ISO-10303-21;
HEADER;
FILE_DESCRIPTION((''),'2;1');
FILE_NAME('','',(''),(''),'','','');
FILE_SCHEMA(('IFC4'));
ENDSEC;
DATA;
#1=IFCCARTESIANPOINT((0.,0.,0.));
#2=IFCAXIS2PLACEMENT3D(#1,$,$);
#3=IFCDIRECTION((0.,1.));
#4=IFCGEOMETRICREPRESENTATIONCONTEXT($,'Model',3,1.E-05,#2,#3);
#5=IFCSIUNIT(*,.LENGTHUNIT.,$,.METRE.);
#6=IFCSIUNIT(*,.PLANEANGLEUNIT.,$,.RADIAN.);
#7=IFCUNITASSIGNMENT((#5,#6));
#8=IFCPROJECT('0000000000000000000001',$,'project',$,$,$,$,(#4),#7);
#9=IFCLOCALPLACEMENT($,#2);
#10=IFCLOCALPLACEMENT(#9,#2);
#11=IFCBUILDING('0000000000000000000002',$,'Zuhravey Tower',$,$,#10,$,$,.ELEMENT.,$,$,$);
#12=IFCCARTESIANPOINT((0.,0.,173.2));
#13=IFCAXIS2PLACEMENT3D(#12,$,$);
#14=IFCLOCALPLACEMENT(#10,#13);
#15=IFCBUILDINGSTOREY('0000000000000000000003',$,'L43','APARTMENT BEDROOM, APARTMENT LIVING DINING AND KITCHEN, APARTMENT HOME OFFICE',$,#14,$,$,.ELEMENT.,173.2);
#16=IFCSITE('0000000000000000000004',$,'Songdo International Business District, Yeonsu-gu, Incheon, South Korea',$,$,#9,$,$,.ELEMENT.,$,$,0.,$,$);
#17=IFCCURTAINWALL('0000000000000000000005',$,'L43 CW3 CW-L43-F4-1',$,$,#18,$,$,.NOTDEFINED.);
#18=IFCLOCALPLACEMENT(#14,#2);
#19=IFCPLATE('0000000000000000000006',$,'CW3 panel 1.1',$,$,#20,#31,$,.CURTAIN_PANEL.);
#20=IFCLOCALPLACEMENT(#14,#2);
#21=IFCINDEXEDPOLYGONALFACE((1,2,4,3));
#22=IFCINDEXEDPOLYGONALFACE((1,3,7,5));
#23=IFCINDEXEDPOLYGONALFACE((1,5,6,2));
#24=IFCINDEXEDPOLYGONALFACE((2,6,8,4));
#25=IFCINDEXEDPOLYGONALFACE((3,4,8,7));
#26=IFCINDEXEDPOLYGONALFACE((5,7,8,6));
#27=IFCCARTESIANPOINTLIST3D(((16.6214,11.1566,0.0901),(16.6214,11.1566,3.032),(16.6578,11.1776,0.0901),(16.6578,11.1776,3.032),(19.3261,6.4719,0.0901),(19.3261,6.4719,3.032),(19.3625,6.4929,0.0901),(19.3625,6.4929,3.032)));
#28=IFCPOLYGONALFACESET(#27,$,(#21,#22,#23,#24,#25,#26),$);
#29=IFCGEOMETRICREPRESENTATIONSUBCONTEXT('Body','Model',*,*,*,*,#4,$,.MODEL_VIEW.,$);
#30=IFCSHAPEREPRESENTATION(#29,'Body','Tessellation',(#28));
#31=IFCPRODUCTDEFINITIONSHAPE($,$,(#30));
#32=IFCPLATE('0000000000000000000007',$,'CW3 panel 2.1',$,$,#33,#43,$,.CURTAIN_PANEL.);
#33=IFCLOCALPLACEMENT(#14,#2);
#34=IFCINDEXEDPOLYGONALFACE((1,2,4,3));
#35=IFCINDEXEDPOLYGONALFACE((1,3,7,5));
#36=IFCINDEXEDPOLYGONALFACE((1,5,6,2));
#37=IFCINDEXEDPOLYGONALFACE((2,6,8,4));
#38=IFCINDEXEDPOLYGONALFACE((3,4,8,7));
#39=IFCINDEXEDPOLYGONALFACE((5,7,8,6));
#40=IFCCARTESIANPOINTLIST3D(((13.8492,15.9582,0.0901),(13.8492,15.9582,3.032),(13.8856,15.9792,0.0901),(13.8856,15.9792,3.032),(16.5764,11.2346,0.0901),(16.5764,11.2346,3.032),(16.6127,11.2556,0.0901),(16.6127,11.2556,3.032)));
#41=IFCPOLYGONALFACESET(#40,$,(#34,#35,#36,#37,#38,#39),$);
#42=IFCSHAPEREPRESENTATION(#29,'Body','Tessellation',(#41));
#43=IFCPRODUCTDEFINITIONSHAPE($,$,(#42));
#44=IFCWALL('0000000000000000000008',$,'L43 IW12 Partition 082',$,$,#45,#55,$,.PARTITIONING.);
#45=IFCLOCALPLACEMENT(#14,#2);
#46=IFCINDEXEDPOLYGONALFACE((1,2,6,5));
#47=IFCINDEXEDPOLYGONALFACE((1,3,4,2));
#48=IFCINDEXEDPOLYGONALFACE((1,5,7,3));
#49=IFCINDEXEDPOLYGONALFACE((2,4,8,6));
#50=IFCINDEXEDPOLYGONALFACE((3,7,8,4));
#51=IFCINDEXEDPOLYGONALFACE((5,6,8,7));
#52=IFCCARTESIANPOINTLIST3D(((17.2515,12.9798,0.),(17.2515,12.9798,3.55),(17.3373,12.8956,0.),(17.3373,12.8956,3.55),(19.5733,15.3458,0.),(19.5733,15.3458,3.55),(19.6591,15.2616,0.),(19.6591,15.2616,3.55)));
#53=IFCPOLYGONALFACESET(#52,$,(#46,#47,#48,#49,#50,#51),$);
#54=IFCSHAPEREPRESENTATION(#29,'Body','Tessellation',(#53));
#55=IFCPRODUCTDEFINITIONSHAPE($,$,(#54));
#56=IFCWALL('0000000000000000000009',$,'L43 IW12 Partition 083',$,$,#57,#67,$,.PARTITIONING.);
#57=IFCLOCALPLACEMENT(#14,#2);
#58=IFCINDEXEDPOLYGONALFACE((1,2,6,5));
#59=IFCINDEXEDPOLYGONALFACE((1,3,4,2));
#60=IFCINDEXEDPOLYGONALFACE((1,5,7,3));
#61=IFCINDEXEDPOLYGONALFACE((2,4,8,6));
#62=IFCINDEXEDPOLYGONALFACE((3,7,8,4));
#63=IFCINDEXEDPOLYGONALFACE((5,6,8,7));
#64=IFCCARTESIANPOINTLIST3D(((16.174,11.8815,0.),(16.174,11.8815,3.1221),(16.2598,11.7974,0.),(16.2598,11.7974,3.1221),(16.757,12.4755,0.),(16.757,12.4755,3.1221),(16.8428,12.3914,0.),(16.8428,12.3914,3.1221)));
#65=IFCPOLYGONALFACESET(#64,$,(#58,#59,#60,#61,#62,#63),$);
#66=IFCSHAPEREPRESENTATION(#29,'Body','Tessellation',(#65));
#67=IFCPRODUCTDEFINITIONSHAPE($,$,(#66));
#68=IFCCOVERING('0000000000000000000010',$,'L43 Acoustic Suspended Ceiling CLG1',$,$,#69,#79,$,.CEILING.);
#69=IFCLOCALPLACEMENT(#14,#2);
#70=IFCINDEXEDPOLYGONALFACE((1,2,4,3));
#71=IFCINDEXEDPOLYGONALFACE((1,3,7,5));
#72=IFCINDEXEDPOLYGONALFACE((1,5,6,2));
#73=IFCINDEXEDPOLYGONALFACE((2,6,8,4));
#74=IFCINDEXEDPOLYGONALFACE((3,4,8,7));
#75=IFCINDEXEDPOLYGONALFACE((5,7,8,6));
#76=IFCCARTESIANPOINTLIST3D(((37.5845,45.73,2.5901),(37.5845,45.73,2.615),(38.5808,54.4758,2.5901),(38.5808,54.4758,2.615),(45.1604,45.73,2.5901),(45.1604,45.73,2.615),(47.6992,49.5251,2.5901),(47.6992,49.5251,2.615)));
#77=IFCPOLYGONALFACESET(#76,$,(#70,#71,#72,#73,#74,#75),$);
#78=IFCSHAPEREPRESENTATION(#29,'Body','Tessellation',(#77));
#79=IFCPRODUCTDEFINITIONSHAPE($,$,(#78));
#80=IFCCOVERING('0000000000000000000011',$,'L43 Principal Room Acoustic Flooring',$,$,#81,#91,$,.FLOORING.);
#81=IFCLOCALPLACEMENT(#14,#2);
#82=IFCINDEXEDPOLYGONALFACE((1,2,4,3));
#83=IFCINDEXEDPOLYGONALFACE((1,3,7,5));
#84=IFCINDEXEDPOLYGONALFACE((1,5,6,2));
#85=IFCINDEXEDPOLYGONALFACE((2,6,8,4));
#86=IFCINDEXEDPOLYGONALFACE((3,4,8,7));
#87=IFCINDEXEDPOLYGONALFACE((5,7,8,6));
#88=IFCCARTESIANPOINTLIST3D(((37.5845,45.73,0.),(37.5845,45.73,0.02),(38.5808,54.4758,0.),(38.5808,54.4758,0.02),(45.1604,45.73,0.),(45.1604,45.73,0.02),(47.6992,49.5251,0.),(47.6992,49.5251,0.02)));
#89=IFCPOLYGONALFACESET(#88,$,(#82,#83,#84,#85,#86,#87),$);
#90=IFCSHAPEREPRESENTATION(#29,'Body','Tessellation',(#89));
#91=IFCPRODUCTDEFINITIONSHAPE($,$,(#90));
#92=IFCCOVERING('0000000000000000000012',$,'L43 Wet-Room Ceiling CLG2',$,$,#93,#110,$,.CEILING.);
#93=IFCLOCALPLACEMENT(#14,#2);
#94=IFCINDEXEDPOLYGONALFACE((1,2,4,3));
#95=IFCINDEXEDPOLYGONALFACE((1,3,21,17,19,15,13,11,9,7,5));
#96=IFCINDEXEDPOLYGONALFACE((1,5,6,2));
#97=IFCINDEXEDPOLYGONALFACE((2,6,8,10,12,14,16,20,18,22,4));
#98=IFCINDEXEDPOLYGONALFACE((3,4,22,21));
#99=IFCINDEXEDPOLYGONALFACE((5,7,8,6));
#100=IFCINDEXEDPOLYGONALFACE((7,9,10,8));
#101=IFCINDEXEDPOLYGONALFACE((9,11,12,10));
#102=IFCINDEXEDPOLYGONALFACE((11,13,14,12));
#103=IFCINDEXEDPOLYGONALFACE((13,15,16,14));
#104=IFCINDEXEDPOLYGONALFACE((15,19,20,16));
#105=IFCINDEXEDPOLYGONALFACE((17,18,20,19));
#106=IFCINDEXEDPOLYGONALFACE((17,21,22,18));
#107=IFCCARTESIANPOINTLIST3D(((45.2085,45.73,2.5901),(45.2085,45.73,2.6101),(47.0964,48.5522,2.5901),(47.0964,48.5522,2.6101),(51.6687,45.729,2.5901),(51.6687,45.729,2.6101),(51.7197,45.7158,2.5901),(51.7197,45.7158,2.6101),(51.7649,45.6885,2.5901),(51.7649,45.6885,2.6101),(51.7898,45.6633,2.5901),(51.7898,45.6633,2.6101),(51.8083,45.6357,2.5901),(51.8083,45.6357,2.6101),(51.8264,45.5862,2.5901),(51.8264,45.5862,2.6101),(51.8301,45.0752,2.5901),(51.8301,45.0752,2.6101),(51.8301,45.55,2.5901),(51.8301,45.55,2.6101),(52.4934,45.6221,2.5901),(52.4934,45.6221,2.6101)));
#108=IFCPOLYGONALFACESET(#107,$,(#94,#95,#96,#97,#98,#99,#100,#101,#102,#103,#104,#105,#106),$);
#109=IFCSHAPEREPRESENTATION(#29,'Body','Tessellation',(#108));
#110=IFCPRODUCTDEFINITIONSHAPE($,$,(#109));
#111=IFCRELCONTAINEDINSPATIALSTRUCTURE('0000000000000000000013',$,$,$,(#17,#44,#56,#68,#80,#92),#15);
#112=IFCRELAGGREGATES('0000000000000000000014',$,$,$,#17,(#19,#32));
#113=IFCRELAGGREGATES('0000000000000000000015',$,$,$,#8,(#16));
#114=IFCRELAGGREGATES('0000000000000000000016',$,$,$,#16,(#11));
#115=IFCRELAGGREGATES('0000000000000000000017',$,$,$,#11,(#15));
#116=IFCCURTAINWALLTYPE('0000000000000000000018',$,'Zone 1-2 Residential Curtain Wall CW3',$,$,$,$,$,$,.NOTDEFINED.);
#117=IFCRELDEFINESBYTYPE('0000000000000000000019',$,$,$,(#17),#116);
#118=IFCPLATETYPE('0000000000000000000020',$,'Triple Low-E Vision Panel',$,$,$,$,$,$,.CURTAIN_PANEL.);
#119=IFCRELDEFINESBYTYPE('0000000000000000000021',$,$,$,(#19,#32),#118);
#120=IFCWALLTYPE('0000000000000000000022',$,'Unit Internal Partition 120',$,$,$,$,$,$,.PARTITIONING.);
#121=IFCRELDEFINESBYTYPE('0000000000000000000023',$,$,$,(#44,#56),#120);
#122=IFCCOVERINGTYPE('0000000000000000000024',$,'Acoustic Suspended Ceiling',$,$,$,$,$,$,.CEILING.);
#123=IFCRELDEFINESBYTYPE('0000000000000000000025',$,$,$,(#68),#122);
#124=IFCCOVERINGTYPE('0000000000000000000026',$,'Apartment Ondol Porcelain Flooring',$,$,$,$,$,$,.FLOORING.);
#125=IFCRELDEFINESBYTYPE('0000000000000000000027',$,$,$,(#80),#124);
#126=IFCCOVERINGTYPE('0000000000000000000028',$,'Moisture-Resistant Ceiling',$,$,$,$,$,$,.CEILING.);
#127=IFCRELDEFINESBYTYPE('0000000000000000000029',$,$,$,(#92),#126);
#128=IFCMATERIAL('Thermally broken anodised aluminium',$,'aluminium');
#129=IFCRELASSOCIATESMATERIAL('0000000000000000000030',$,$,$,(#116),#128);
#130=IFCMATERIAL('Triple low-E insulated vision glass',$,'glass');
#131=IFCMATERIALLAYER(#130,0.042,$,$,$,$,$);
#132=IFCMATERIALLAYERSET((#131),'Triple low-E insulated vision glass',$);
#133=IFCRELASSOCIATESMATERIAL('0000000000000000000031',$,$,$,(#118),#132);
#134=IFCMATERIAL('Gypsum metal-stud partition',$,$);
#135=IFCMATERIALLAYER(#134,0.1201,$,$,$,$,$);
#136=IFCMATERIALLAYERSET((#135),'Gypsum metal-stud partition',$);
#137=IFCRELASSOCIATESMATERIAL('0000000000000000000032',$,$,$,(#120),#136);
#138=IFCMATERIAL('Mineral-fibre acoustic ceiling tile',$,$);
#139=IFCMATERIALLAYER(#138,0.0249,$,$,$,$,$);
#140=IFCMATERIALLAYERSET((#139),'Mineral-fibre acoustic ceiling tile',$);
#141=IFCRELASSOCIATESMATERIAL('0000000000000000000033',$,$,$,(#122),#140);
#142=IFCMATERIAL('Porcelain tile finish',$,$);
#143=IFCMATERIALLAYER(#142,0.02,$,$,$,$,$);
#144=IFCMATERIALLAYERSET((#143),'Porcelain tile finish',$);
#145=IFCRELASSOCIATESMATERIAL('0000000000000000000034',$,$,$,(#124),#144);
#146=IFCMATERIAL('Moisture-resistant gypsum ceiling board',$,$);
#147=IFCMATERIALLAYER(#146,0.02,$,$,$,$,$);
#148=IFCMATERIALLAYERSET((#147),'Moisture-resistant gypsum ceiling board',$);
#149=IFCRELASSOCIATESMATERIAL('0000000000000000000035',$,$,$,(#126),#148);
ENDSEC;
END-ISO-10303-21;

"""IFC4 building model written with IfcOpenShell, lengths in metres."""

from ifc_helpers import new_model, si_unit, direction, frame, frame_2d, origin, origin_2d, place, context, subcontext, project, spatial, polyline, rectangle, outline, extrude, material, layer, layer_set, type_object, element, aggregate, save


model = new_model("IFC4")

# Units and contexts
model_context = context("Model", 3, precision=1e-05, world=origin(), true_north=direction((0.0, 1.0)))
body_context = subcontext(model_context, "Body", "Model", "MODEL_VIEW")
ifc_project = project(units=[si_unit("LENGTHUNIT", "METRE"), si_unit("PLANEANGLEUNIT", "RADIAN")], contexts=[model_context])

# Site, building, storey
site_placement = place(None, origin())
site = spatial("IfcSite", under=ifc_project, at=site_placement, Name="Songdo International Business District, Yeonsu-gu, Incheon, South Korea", CompositionType="ELEMENT", RefElevation=0.0)
building_placement = place(site_placement, origin())
building = spatial("IfcBuilding", under=site, at=building_placement, Name="Zuhravey Tower", CompositionType="ELEMENT")
storey_placement = place(building_placement, frame((0.0, 0.0, 173.2)))
storey = spatial("IfcBuildingStorey", under=building, at=storey_placement, Name="L43", Description="APARTMENT BEDROOM, APARTMENT LIVING DINING AND KITCHEN, APARTMENT HOME OFFICE", CompositionType="ELEMENT", Elevation=173.2)

# Curtain wall
ifc_material_1 = material(Name="Thermally broken anodised aluminium", Category="aluminium")
curtain_wall_type = type_object("IfcCurtainWallType", Name="Zone 1-2 Residential Curtain Wall CW3", PredefinedType="NOTDEFINED", material=ifc_material_1)
curtain_wall_placement = place(storey_placement, origin())
curtain_wall = element("IfcCurtainWall", 1, at=curtain_wall_placement, inside=storey, type_object=curtain_wall_type, Name="L43 CW3 CW-L43-F4-1", PredefinedType="NOTDEFINED")

# Plates
ifc_material_2 = material(Name="Triple low-E insulated vision glass", Category="glass")
ifc_layer_1 = layer(ifc_material_2, 0.042)
ifc_layer_set_1 = layer_set([ifc_layer_1], Name="Triple low-E insulated vision glass")
plate_type = type_object("IfcPlateType", Name="Triple Low-E Vision Panel", PredefinedType="CURTAIN_PANEL", material=ifc_layer_set_1)
plate_1_placement = place(storey_placement, frame((17.9919, 8.8247, 0.0901), z_axis=(0.0, 0.0, 1.0), x_axis=(-0.5, 0.866025, 0.0)))
plate_1 = element("IfcPlate", 2, at=plate_1_placement, type_object=plate_type, Name="CW3 panel 1.1", PredefinedType="CURTAIN_PANEL", context=body_context, shape_type="SweptSolid", body=[
    extrude(rectangle(XDim=5.4094, YDim=0.042, at=origin_2d()), origin(), (0.0, 0.0, 1.0), 2.9419),
])
plate_2_placement = place(storey_placement, frame((15.231, 13.6069, 0.0901), z_axis=(0.0, 0.0, 1.0), x_axis=(-0.5, 0.866025, 0.0)))
plate_2 = element("IfcPlate", 3, at=plate_2_placement, type_object=plate_type, Name="CW3 panel 2.1", PredefinedType="CURTAIN_PANEL", context=body_context, shape_type="SweptSolid", body=[
    extrude(rectangle(XDim=5.4543, YDim=0.042, at=origin_2d()), origin(), (0.0, 0.0, 1.0), 2.9419),
])
aggregate(curtain_wall, [plate_1, plate_2])

# Walls
ifc_material_3 = material(Name="Gypsum metal-stud partition")
ifc_layer_2 = layer(ifc_material_3, 0.1201)
ifc_layer_set_2 = layer_set([ifc_layer_2], Name="Gypsum metal-stud partition")
wall_type = type_object("IfcWallType", Name="Unit Internal Partition 120", PredefinedType="PARTITIONING", material=ifc_layer_set_2)
wall_1_placement = place(storey_placement, frame((19.6162, 15.3037, 0.0), z_axis=(0.0, 0.0, 1.0), x_axis=(-0.70041, -0.713741, 0.0)))
element("IfcWall", 4, at=wall_1_placement, inside=storey, type_object=wall_type, Name="L43 IW12 Partition 082", PredefinedType="PARTITIONING", context=body_context, shape_type="SweptSolid", body=[
    extrude(rectangle(XDim=3.3149, YDim=0.1201, at=frame_2d((1.6575, 0.0))), origin(), (0.0, 0.0, 1.0), 3.55),
])
wall_2_placement = place(storey_placement, frame((16.7998, 12.4333, 0.0), z_axis=(0.0, 0.0, 1.0), x_axis=(-0.700476, -0.713676, 0.0)))
element("IfcWall", 5, at=wall_2_placement, inside=storey, type_object=wall_type, Name="L43 IW12 Partition 083", PredefinedType="PARTITIONING", context=body_context, shape_type="SweptSolid", body=[
    extrude(rectangle(XDim=0.8323, YDim=0.1201, at=frame_2d((0.416, 0.0))), origin(), (0.0, 0.0, 1.0), 3.1221),
])

# Coverings
ifc_material_4 = material(Name="Mineral-fibre acoustic ceiling tile")
ifc_layer_3 = layer(ifc_material_4, 0.0249)
ifc_layer_set_3 = layer_set([ifc_layer_3], Name="Mineral-fibre acoustic ceiling tile")
covering_type_1 = type_object("IfcCoveringType", Name="Acoustic Suspended Ceiling", PredefinedType="CEILING", material=ifc_layer_set_3)
covering_1_placement = place(storey_placement, frame((0.0, 0.0, 2.5901)))
element("IfcCovering", 6, at=covering_1_placement, inside=storey, type_object=covering_type_1, Name="L43 Acoustic Suspended Ceiling CLG1", PredefinedType="CEILING", context=body_context, shape_type="SweptSolid", body=[
    extrude(outline(polyline([(45.1604, 45.73), (37.5845, 45.73), (38.5808, 54.4758), (47.6992, 49.5251), (45.1604, 45.73)])), origin(), (0.0, 0.0, 1.0), 0.0249),
])
ifc_material_5 = material(Name="Porcelain tile finish")
ifc_layer_4 = layer(ifc_material_5, 0.02)
ifc_layer_set_4 = layer_set([ifc_layer_4], Name="Porcelain tile finish")
covering_type_2 = type_object("IfcCoveringType", Name="Apartment Ondol Porcelain Flooring", PredefinedType="FLOORING", material=ifc_layer_set_4)
covering_2_placement = place(storey_placement, origin())
element("IfcCovering", 7, at=covering_2_placement, inside=storey, type_object=covering_type_2, Name="L43 Principal Room Acoustic Flooring", PredefinedType="FLOORING", context=body_context, shape_type="SweptSolid", body=[
    extrude(outline(polyline([(45.1604, 45.73), (37.5845, 45.73), (38.5808, 54.4758), (47.6992, 49.5251), (45.1604, 45.73)])), origin(), (0.0, 0.0, 1.0), 0.02),
])
ifc_material_6 = material(Name="Moisture-resistant gypsum ceiling board")
ifc_layer_5 = layer(ifc_material_6, 0.02)
ifc_layer_set_5 = layer_set([ifc_layer_5], Name="Moisture-resistant gypsum ceiling board")
covering_type_3 = type_object("IfcCoveringType", Name="Moisture-Resistant Ceiling", PredefinedType="CEILING", material=ifc_layer_set_5)
covering_3_placement = place(storey_placement, frame((0.0, 0.0, 2.5901)))
element("IfcCovering", 8, at=covering_3_placement, inside=storey, type_object=covering_type_3, Name="L43 Wet-Room Ceiling CLG2", PredefinedType="CEILING", context=body_context, shape_type="SweptSolid", body=[
    extrude(outline(polyline([(51.8301, 45.0752), (51.8301, 45.55), (51.8264, 45.5862), (51.8083, 45.6357), (51.7898, 45.6633), (51.7649, 45.6885), (51.7197, 45.7158), (51.6687, 45.729), (45.2085, 45.73), (47.0964, 48.5522), (52.4934, 45.6221), (51.8301, 45.0752)])), origin(), (0.0, 0.0, 1.0), 0.02),
])

save(model, "model.ifc")
